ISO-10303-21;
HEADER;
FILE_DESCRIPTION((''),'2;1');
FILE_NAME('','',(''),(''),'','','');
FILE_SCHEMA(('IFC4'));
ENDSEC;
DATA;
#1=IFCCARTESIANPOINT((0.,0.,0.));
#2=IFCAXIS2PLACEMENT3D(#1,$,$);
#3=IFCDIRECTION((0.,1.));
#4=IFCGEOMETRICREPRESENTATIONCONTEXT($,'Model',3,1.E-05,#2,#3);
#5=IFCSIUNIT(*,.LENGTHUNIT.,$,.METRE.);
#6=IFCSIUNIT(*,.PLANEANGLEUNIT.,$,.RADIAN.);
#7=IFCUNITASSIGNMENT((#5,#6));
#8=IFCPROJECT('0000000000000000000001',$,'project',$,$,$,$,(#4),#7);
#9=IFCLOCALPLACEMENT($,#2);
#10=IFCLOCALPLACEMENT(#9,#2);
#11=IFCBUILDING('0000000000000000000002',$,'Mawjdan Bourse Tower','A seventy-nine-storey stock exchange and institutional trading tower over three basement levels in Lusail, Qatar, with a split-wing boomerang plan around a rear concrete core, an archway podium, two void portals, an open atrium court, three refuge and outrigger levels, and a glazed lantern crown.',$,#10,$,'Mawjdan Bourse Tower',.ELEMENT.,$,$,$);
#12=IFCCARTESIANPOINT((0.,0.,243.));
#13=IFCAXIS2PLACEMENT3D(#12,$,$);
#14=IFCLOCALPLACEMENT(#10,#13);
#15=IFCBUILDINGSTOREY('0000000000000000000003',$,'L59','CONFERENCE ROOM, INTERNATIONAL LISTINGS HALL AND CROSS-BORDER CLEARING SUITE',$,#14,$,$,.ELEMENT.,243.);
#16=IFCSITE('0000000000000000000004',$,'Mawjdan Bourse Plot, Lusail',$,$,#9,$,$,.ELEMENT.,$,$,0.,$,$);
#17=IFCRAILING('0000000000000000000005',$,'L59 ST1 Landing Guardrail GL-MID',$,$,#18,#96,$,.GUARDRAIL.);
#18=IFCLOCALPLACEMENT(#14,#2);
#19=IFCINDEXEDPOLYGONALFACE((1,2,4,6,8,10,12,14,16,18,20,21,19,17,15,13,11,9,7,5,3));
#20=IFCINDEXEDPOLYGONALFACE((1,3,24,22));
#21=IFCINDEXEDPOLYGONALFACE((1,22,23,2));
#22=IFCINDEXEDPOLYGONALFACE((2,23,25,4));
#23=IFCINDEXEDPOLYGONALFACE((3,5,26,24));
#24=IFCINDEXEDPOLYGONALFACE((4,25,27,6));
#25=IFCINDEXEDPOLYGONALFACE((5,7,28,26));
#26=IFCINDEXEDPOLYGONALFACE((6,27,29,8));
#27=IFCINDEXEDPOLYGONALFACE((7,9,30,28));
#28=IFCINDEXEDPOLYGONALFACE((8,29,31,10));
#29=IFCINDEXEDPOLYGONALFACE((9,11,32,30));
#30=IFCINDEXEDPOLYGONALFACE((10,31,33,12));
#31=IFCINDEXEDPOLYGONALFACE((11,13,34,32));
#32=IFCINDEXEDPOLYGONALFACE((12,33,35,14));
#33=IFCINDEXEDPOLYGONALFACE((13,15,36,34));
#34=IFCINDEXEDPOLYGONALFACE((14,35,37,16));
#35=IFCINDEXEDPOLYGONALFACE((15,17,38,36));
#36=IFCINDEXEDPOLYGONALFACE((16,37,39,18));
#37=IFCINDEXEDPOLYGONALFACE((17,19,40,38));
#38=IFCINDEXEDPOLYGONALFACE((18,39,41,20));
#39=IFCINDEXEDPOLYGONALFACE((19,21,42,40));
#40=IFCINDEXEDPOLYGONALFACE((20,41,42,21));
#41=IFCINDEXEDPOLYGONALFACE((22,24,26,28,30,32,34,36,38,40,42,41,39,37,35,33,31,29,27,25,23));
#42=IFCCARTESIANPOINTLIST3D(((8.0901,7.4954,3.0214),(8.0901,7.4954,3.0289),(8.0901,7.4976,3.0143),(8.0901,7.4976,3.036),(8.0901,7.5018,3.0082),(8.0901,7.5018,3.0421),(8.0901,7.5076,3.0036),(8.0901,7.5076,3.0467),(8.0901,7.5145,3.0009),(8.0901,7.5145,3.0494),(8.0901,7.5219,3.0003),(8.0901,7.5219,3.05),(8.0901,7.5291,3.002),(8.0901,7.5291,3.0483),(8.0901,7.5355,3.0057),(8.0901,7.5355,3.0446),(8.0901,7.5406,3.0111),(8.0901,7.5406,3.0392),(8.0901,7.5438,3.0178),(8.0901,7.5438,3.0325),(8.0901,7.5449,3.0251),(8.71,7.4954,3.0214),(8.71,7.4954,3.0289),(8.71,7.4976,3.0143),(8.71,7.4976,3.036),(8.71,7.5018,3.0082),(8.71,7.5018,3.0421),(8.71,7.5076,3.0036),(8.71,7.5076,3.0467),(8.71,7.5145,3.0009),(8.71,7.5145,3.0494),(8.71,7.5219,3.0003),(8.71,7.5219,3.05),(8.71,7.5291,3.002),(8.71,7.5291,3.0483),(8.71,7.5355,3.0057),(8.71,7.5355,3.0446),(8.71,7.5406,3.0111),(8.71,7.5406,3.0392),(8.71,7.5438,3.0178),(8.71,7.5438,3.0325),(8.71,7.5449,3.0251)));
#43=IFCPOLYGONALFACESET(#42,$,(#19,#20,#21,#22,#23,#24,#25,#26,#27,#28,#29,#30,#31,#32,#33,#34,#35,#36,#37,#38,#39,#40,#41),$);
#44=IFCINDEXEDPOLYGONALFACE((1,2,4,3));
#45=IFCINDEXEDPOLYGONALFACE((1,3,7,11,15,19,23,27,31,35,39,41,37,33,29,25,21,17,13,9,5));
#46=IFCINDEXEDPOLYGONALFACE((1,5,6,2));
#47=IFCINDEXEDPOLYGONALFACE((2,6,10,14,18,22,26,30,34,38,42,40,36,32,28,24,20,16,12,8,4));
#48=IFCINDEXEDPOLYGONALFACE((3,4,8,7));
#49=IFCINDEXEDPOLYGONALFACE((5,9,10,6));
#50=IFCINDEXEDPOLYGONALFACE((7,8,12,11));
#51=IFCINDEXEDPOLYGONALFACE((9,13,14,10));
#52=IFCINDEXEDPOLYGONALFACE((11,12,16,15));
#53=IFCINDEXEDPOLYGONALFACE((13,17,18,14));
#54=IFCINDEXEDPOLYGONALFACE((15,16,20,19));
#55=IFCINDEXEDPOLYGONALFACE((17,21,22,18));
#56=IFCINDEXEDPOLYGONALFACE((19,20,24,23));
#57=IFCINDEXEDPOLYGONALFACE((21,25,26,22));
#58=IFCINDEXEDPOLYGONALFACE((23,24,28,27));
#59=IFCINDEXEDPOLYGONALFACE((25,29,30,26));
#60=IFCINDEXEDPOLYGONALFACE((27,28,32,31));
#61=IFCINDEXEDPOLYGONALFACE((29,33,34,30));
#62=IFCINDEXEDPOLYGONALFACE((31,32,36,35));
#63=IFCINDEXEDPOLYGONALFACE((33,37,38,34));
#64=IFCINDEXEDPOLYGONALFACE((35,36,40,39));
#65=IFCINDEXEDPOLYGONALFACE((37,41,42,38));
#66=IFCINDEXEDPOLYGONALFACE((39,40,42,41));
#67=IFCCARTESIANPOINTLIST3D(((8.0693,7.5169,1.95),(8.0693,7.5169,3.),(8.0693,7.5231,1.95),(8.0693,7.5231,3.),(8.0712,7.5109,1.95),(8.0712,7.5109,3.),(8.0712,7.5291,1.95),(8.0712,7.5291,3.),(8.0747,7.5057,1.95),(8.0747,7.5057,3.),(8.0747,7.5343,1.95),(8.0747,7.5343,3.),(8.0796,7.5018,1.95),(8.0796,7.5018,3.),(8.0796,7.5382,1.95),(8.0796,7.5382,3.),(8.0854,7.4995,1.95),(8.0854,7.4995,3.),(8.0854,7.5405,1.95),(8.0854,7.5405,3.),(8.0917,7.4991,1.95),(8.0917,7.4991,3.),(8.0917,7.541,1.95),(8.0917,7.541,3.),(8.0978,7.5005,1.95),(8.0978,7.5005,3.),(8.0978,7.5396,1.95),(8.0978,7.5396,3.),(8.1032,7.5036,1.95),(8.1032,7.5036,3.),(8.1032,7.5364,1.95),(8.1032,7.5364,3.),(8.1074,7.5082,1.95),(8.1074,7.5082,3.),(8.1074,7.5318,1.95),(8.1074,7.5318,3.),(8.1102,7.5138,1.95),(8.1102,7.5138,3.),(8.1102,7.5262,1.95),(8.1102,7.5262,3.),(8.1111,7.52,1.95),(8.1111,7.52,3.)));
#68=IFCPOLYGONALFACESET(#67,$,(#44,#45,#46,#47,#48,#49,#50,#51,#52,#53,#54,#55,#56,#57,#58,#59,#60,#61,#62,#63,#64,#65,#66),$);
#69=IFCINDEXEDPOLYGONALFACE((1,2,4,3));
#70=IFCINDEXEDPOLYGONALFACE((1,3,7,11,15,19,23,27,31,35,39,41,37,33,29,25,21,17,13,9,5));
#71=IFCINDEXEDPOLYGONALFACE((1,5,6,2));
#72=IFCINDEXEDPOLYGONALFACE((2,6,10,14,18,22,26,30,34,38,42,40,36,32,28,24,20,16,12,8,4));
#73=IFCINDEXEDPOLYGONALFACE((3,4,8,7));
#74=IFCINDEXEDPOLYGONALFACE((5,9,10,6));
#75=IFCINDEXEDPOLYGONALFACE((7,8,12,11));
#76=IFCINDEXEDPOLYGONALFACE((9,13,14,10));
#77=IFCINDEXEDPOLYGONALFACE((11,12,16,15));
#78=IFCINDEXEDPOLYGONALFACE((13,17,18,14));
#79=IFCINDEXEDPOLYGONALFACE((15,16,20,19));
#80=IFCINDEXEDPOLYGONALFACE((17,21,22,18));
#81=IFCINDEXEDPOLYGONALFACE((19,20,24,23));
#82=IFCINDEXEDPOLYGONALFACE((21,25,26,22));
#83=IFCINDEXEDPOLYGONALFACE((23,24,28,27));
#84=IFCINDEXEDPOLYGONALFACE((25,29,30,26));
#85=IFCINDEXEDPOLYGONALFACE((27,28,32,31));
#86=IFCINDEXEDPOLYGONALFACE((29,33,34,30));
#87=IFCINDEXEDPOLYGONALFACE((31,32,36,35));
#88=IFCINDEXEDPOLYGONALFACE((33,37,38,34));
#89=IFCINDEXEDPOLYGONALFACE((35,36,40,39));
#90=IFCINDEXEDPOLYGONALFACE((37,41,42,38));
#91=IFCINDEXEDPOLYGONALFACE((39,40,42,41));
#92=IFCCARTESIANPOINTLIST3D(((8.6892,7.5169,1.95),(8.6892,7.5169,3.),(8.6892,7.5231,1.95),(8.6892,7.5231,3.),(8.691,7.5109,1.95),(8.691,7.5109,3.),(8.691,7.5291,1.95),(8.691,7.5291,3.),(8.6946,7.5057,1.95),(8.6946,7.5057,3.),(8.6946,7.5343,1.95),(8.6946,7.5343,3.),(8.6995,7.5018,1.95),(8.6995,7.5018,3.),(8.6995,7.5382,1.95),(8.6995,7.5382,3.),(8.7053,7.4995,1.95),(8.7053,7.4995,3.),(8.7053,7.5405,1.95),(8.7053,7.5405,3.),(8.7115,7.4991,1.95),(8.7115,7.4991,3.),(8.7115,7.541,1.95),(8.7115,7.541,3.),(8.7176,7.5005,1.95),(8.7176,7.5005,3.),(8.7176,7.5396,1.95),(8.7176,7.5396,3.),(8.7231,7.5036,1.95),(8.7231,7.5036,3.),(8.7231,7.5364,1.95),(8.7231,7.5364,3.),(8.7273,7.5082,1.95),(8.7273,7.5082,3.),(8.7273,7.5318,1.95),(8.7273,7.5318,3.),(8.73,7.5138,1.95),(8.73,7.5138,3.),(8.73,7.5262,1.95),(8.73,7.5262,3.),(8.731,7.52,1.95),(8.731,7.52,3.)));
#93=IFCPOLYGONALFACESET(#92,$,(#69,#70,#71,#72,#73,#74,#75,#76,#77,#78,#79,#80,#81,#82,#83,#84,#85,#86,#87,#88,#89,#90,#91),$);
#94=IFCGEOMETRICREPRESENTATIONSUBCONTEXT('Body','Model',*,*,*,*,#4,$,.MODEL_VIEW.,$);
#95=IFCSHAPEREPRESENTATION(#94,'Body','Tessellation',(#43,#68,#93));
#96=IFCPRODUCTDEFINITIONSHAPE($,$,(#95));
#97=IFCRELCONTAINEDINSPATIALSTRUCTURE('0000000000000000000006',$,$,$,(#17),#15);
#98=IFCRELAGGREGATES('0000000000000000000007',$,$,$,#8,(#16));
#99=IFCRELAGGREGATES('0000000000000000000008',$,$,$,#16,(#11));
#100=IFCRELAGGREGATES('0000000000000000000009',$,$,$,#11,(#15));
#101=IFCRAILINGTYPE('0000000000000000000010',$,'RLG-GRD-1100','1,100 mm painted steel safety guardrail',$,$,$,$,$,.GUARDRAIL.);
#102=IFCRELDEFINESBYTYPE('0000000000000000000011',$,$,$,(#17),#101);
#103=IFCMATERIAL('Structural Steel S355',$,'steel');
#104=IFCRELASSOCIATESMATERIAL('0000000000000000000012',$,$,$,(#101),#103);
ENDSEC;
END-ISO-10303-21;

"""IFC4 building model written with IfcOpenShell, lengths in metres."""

from ifc_helpers import new_model, si_unit, direction, frame, origin, origin_2d, place, context, subcontext, project, spatial, circle, extrude, material, type_object, element, save


model = new_model("IFC4")

# Units and contexts
model_context = context("Model", 3, precision=1e-05, world=origin(), true_north=direction((0.0, 1.0)))
body_context = subcontext(model_context, "Body", "Model", "MODEL_VIEW")
ifc_project = project(units=[si_unit("LENGTHUNIT", "METRE"), si_unit("PLANEANGLEUNIT", "RADIAN")], contexts=[model_context])

# Site, building, storey
site_placement = place(None, origin())
site = spatial("IfcSite", under=ifc_project, at=site_placement, Name="Mawjdan Bourse Plot, Lusail", CompositionType="ELEMENT", RefElevation=0.0)
building_placement = place(site_placement, origin())
building = spatial("IfcBuilding", under=site, at=building_placement, Name="Mawjdan Bourse Tower", Description="A seventy-nine-storey stock exchange and institutional trading tower over three basement levels in Lusail, Qatar, with a split-wing boomerang plan around a rear concrete core, an archway podium, two void portals, an open atrium court, three refuge and outrigger levels, and a glazed lantern crown.", LongName="Mawjdan Bourse Tower", CompositionType="ELEMENT")
storey_placement = place(building_placement, frame((0.0, 0.0, 243.0)))
storey = spatial("IfcBuildingStorey", under=building, at=storey_placement, Name="L59", Description="CONFERENCE ROOM, INTERNATIONAL LISTINGS HALL AND CROSS-BORDER CLEARING SUITE", CompositionType="ELEMENT", Elevation=243.0)

# Shared definitions
ifc_material_1 = material(Name="Structural Steel S355", Category="steel")

# Railing
railing_type_1 = type_object("IfcRailingType", Name="RLG-GRD-1100", Description="1,100 mm painted steel safety guardrail", PredefinedType="GUARDRAIL", material=ifc_material_1)
railing_1_placement = place(storey_placement, frame((8.0901, 7.52, 1.95)))
element("IfcRailing", 1, at=railing_1_placement, inside=storey, type_object=railing_type_1, Name="L59 ST1 Landing Guardrail GL-MID", PredefinedType="GUARDRAIL", context=body_context, shape_type="SweptSolid", body=[
    extrude(circle(Radius=0.0249, at=origin_2d()), frame((0.0, 0.0, 1.0752), z_axis=(1.0, 0.0, 0.0), x_axis=(0.0, 1.0, 0.0)), (0.0, 0.0, 1.0), 0.6199),
    extrude(circle(Radius=0.021, at=origin_2d()), origin(), (0.0, 0.0, 1.0), 1.05),
    extrude(circle(Radius=0.021, at=origin_2d()), frame((0.6199, 0.0, 0.0)), (0.0, 0.0, 1.0), 1.05),
])

save(model, "model.ifc")
